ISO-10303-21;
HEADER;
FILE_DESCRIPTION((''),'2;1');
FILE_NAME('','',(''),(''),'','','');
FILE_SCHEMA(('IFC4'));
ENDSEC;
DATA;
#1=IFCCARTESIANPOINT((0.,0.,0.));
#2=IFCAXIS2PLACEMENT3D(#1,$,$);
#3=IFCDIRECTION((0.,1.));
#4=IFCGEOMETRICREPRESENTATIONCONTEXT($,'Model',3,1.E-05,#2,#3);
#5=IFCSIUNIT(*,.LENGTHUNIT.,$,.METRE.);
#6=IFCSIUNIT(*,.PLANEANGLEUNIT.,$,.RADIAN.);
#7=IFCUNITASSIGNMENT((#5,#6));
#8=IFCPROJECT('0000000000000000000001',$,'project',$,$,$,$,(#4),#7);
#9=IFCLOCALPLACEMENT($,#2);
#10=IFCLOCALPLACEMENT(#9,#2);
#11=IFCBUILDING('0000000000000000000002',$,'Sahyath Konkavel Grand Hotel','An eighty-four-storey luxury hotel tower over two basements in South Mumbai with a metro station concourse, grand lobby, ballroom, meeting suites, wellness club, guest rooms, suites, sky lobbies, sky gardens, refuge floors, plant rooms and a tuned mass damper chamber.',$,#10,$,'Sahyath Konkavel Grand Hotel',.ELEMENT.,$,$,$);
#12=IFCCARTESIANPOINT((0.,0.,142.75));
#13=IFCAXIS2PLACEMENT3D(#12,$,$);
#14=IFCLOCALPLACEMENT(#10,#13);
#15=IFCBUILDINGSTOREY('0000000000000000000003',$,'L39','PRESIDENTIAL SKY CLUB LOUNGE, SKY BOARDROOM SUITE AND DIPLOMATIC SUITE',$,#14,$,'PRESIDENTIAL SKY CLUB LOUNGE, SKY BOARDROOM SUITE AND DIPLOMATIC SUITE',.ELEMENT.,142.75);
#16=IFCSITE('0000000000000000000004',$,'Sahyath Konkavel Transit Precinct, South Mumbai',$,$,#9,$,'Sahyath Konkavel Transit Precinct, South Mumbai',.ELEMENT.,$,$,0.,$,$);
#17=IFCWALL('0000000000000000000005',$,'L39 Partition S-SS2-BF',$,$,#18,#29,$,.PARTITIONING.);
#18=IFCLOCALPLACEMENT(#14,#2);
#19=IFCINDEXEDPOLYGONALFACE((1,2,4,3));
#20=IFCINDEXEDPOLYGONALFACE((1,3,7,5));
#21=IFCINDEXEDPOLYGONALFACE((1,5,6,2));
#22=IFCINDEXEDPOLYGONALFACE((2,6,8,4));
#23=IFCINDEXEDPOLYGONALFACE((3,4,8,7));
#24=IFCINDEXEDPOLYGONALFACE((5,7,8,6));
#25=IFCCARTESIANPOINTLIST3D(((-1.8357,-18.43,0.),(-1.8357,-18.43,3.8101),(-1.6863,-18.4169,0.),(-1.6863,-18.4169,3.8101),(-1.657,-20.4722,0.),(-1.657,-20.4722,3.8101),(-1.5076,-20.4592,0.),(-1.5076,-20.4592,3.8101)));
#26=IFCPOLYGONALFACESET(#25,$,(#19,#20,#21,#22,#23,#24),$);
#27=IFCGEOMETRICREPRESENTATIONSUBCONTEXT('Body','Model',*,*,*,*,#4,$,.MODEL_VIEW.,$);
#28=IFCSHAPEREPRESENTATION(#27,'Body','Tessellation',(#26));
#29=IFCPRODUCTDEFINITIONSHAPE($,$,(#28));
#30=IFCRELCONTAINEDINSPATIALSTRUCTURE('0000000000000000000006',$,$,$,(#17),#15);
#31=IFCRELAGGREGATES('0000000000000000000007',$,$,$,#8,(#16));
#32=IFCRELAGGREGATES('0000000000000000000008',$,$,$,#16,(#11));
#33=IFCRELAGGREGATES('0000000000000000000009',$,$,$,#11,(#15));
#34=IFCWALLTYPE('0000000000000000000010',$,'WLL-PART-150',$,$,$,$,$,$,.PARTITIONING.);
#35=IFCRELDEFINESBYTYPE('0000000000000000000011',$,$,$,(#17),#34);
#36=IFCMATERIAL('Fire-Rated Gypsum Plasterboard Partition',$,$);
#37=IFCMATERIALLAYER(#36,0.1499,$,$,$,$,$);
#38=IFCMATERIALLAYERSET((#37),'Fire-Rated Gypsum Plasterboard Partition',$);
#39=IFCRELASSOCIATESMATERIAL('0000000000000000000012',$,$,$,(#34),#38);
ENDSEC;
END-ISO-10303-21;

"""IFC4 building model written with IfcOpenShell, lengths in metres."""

from ifc_helpers import new_model, si_unit, direction, frame, frame_2d, origin, place, context, subcontext, project, spatial, rectangle, extrude, material, layer, layer_set, type_object, element, save


model = new_model("IFC4")

# Units and contexts
model_context = context("Model", 3, precision=1e-05, world=origin(), true_north=direction((0.0, 1.0)))
body_context = subcontext(model_context, "Body", "Model", "MODEL_VIEW")
ifc_project = project(units=[si_unit("LENGTHUNIT", "METRE"), si_unit("PLANEANGLEUNIT", "RADIAN")], contexts=[model_context])

# Site, building, storey
site_placement = place(None, origin())
site = spatial("IfcSite", under=ifc_project, at=site_placement, Name="Sahyath Konkavel Transit Precinct, South Mumbai", LongName="Sahyath Konkavel Transit Precinct, South Mumbai", CompositionType="ELEMENT", RefElevation=0.0)
building_placement = place(site_placement, origin())
building = spatial("IfcBuilding", under=site, at=building_placement, Name="Sahyath Konkavel Grand Hotel", Description="An eighty-four-storey luxury hotel tower over two basements in South Mumbai with a metro station concourse, grand lobby, ballroom, meeting suites, wellness club, guest rooms, suites, sky lobbies, sky gardens, refuge floors, plant rooms and a tuned mass damper chamber.", LongName="Sahyath Konkavel Grand Hotel", CompositionType="ELEMENT")
storey_placement = place(building_placement, frame((0.0, 0.0, 142.75)))
storey = spatial("IfcBuildingStorey", under=building, at=storey_placement, Name="L39", Description="PRESIDENTIAL SKY CLUB LOUNGE, SKY BOARDROOM SUITE AND DIPLOMATIC SUITE", LongName="PRESIDENTIAL SKY CLUB LOUNGE, SKY BOARDROOM SUITE AND DIPLOMATIC SUITE", CompositionType="ELEMENT", Elevation=142.75)

# Wall
ifc_material_1 = material(Name="Fire-Rated Gypsum Plasterboard Partition")
ifc_layer_1 = layer(ifc_material_1, 0.1499)
ifc_layer_set_1 = layer_set([ifc_layer_1], Name="Fire-Rated Gypsum Plasterboard Partition")
wall_type_1 = type_object("IfcWallType", Name="WLL-PART-150", PredefinedType="PARTITIONING", material=ifc_layer_set_1)
wall_1_placement = place(storey_placement, frame((-1.761, -18.4236, 0.0), z_axis=(0.0, 0.0, 1.0), x_axis=(0.087174, -0.996193, 0.0)))
element("IfcWall", 1, at=wall_1_placement, inside=storey, type_object=wall_type_1, Name="L39 Partition S-SS2-BF", PredefinedType="PARTITIONING", context=body_context, shape_type="SweptSolid", body=[
    extrude(rectangle(XDim=2.05, YDim=0.1499, at=frame_2d((1.0249, 0.0))), origin(), (0.0, 0.0, 1.0), 3.8101),
])

save(model, "model.ifc")
